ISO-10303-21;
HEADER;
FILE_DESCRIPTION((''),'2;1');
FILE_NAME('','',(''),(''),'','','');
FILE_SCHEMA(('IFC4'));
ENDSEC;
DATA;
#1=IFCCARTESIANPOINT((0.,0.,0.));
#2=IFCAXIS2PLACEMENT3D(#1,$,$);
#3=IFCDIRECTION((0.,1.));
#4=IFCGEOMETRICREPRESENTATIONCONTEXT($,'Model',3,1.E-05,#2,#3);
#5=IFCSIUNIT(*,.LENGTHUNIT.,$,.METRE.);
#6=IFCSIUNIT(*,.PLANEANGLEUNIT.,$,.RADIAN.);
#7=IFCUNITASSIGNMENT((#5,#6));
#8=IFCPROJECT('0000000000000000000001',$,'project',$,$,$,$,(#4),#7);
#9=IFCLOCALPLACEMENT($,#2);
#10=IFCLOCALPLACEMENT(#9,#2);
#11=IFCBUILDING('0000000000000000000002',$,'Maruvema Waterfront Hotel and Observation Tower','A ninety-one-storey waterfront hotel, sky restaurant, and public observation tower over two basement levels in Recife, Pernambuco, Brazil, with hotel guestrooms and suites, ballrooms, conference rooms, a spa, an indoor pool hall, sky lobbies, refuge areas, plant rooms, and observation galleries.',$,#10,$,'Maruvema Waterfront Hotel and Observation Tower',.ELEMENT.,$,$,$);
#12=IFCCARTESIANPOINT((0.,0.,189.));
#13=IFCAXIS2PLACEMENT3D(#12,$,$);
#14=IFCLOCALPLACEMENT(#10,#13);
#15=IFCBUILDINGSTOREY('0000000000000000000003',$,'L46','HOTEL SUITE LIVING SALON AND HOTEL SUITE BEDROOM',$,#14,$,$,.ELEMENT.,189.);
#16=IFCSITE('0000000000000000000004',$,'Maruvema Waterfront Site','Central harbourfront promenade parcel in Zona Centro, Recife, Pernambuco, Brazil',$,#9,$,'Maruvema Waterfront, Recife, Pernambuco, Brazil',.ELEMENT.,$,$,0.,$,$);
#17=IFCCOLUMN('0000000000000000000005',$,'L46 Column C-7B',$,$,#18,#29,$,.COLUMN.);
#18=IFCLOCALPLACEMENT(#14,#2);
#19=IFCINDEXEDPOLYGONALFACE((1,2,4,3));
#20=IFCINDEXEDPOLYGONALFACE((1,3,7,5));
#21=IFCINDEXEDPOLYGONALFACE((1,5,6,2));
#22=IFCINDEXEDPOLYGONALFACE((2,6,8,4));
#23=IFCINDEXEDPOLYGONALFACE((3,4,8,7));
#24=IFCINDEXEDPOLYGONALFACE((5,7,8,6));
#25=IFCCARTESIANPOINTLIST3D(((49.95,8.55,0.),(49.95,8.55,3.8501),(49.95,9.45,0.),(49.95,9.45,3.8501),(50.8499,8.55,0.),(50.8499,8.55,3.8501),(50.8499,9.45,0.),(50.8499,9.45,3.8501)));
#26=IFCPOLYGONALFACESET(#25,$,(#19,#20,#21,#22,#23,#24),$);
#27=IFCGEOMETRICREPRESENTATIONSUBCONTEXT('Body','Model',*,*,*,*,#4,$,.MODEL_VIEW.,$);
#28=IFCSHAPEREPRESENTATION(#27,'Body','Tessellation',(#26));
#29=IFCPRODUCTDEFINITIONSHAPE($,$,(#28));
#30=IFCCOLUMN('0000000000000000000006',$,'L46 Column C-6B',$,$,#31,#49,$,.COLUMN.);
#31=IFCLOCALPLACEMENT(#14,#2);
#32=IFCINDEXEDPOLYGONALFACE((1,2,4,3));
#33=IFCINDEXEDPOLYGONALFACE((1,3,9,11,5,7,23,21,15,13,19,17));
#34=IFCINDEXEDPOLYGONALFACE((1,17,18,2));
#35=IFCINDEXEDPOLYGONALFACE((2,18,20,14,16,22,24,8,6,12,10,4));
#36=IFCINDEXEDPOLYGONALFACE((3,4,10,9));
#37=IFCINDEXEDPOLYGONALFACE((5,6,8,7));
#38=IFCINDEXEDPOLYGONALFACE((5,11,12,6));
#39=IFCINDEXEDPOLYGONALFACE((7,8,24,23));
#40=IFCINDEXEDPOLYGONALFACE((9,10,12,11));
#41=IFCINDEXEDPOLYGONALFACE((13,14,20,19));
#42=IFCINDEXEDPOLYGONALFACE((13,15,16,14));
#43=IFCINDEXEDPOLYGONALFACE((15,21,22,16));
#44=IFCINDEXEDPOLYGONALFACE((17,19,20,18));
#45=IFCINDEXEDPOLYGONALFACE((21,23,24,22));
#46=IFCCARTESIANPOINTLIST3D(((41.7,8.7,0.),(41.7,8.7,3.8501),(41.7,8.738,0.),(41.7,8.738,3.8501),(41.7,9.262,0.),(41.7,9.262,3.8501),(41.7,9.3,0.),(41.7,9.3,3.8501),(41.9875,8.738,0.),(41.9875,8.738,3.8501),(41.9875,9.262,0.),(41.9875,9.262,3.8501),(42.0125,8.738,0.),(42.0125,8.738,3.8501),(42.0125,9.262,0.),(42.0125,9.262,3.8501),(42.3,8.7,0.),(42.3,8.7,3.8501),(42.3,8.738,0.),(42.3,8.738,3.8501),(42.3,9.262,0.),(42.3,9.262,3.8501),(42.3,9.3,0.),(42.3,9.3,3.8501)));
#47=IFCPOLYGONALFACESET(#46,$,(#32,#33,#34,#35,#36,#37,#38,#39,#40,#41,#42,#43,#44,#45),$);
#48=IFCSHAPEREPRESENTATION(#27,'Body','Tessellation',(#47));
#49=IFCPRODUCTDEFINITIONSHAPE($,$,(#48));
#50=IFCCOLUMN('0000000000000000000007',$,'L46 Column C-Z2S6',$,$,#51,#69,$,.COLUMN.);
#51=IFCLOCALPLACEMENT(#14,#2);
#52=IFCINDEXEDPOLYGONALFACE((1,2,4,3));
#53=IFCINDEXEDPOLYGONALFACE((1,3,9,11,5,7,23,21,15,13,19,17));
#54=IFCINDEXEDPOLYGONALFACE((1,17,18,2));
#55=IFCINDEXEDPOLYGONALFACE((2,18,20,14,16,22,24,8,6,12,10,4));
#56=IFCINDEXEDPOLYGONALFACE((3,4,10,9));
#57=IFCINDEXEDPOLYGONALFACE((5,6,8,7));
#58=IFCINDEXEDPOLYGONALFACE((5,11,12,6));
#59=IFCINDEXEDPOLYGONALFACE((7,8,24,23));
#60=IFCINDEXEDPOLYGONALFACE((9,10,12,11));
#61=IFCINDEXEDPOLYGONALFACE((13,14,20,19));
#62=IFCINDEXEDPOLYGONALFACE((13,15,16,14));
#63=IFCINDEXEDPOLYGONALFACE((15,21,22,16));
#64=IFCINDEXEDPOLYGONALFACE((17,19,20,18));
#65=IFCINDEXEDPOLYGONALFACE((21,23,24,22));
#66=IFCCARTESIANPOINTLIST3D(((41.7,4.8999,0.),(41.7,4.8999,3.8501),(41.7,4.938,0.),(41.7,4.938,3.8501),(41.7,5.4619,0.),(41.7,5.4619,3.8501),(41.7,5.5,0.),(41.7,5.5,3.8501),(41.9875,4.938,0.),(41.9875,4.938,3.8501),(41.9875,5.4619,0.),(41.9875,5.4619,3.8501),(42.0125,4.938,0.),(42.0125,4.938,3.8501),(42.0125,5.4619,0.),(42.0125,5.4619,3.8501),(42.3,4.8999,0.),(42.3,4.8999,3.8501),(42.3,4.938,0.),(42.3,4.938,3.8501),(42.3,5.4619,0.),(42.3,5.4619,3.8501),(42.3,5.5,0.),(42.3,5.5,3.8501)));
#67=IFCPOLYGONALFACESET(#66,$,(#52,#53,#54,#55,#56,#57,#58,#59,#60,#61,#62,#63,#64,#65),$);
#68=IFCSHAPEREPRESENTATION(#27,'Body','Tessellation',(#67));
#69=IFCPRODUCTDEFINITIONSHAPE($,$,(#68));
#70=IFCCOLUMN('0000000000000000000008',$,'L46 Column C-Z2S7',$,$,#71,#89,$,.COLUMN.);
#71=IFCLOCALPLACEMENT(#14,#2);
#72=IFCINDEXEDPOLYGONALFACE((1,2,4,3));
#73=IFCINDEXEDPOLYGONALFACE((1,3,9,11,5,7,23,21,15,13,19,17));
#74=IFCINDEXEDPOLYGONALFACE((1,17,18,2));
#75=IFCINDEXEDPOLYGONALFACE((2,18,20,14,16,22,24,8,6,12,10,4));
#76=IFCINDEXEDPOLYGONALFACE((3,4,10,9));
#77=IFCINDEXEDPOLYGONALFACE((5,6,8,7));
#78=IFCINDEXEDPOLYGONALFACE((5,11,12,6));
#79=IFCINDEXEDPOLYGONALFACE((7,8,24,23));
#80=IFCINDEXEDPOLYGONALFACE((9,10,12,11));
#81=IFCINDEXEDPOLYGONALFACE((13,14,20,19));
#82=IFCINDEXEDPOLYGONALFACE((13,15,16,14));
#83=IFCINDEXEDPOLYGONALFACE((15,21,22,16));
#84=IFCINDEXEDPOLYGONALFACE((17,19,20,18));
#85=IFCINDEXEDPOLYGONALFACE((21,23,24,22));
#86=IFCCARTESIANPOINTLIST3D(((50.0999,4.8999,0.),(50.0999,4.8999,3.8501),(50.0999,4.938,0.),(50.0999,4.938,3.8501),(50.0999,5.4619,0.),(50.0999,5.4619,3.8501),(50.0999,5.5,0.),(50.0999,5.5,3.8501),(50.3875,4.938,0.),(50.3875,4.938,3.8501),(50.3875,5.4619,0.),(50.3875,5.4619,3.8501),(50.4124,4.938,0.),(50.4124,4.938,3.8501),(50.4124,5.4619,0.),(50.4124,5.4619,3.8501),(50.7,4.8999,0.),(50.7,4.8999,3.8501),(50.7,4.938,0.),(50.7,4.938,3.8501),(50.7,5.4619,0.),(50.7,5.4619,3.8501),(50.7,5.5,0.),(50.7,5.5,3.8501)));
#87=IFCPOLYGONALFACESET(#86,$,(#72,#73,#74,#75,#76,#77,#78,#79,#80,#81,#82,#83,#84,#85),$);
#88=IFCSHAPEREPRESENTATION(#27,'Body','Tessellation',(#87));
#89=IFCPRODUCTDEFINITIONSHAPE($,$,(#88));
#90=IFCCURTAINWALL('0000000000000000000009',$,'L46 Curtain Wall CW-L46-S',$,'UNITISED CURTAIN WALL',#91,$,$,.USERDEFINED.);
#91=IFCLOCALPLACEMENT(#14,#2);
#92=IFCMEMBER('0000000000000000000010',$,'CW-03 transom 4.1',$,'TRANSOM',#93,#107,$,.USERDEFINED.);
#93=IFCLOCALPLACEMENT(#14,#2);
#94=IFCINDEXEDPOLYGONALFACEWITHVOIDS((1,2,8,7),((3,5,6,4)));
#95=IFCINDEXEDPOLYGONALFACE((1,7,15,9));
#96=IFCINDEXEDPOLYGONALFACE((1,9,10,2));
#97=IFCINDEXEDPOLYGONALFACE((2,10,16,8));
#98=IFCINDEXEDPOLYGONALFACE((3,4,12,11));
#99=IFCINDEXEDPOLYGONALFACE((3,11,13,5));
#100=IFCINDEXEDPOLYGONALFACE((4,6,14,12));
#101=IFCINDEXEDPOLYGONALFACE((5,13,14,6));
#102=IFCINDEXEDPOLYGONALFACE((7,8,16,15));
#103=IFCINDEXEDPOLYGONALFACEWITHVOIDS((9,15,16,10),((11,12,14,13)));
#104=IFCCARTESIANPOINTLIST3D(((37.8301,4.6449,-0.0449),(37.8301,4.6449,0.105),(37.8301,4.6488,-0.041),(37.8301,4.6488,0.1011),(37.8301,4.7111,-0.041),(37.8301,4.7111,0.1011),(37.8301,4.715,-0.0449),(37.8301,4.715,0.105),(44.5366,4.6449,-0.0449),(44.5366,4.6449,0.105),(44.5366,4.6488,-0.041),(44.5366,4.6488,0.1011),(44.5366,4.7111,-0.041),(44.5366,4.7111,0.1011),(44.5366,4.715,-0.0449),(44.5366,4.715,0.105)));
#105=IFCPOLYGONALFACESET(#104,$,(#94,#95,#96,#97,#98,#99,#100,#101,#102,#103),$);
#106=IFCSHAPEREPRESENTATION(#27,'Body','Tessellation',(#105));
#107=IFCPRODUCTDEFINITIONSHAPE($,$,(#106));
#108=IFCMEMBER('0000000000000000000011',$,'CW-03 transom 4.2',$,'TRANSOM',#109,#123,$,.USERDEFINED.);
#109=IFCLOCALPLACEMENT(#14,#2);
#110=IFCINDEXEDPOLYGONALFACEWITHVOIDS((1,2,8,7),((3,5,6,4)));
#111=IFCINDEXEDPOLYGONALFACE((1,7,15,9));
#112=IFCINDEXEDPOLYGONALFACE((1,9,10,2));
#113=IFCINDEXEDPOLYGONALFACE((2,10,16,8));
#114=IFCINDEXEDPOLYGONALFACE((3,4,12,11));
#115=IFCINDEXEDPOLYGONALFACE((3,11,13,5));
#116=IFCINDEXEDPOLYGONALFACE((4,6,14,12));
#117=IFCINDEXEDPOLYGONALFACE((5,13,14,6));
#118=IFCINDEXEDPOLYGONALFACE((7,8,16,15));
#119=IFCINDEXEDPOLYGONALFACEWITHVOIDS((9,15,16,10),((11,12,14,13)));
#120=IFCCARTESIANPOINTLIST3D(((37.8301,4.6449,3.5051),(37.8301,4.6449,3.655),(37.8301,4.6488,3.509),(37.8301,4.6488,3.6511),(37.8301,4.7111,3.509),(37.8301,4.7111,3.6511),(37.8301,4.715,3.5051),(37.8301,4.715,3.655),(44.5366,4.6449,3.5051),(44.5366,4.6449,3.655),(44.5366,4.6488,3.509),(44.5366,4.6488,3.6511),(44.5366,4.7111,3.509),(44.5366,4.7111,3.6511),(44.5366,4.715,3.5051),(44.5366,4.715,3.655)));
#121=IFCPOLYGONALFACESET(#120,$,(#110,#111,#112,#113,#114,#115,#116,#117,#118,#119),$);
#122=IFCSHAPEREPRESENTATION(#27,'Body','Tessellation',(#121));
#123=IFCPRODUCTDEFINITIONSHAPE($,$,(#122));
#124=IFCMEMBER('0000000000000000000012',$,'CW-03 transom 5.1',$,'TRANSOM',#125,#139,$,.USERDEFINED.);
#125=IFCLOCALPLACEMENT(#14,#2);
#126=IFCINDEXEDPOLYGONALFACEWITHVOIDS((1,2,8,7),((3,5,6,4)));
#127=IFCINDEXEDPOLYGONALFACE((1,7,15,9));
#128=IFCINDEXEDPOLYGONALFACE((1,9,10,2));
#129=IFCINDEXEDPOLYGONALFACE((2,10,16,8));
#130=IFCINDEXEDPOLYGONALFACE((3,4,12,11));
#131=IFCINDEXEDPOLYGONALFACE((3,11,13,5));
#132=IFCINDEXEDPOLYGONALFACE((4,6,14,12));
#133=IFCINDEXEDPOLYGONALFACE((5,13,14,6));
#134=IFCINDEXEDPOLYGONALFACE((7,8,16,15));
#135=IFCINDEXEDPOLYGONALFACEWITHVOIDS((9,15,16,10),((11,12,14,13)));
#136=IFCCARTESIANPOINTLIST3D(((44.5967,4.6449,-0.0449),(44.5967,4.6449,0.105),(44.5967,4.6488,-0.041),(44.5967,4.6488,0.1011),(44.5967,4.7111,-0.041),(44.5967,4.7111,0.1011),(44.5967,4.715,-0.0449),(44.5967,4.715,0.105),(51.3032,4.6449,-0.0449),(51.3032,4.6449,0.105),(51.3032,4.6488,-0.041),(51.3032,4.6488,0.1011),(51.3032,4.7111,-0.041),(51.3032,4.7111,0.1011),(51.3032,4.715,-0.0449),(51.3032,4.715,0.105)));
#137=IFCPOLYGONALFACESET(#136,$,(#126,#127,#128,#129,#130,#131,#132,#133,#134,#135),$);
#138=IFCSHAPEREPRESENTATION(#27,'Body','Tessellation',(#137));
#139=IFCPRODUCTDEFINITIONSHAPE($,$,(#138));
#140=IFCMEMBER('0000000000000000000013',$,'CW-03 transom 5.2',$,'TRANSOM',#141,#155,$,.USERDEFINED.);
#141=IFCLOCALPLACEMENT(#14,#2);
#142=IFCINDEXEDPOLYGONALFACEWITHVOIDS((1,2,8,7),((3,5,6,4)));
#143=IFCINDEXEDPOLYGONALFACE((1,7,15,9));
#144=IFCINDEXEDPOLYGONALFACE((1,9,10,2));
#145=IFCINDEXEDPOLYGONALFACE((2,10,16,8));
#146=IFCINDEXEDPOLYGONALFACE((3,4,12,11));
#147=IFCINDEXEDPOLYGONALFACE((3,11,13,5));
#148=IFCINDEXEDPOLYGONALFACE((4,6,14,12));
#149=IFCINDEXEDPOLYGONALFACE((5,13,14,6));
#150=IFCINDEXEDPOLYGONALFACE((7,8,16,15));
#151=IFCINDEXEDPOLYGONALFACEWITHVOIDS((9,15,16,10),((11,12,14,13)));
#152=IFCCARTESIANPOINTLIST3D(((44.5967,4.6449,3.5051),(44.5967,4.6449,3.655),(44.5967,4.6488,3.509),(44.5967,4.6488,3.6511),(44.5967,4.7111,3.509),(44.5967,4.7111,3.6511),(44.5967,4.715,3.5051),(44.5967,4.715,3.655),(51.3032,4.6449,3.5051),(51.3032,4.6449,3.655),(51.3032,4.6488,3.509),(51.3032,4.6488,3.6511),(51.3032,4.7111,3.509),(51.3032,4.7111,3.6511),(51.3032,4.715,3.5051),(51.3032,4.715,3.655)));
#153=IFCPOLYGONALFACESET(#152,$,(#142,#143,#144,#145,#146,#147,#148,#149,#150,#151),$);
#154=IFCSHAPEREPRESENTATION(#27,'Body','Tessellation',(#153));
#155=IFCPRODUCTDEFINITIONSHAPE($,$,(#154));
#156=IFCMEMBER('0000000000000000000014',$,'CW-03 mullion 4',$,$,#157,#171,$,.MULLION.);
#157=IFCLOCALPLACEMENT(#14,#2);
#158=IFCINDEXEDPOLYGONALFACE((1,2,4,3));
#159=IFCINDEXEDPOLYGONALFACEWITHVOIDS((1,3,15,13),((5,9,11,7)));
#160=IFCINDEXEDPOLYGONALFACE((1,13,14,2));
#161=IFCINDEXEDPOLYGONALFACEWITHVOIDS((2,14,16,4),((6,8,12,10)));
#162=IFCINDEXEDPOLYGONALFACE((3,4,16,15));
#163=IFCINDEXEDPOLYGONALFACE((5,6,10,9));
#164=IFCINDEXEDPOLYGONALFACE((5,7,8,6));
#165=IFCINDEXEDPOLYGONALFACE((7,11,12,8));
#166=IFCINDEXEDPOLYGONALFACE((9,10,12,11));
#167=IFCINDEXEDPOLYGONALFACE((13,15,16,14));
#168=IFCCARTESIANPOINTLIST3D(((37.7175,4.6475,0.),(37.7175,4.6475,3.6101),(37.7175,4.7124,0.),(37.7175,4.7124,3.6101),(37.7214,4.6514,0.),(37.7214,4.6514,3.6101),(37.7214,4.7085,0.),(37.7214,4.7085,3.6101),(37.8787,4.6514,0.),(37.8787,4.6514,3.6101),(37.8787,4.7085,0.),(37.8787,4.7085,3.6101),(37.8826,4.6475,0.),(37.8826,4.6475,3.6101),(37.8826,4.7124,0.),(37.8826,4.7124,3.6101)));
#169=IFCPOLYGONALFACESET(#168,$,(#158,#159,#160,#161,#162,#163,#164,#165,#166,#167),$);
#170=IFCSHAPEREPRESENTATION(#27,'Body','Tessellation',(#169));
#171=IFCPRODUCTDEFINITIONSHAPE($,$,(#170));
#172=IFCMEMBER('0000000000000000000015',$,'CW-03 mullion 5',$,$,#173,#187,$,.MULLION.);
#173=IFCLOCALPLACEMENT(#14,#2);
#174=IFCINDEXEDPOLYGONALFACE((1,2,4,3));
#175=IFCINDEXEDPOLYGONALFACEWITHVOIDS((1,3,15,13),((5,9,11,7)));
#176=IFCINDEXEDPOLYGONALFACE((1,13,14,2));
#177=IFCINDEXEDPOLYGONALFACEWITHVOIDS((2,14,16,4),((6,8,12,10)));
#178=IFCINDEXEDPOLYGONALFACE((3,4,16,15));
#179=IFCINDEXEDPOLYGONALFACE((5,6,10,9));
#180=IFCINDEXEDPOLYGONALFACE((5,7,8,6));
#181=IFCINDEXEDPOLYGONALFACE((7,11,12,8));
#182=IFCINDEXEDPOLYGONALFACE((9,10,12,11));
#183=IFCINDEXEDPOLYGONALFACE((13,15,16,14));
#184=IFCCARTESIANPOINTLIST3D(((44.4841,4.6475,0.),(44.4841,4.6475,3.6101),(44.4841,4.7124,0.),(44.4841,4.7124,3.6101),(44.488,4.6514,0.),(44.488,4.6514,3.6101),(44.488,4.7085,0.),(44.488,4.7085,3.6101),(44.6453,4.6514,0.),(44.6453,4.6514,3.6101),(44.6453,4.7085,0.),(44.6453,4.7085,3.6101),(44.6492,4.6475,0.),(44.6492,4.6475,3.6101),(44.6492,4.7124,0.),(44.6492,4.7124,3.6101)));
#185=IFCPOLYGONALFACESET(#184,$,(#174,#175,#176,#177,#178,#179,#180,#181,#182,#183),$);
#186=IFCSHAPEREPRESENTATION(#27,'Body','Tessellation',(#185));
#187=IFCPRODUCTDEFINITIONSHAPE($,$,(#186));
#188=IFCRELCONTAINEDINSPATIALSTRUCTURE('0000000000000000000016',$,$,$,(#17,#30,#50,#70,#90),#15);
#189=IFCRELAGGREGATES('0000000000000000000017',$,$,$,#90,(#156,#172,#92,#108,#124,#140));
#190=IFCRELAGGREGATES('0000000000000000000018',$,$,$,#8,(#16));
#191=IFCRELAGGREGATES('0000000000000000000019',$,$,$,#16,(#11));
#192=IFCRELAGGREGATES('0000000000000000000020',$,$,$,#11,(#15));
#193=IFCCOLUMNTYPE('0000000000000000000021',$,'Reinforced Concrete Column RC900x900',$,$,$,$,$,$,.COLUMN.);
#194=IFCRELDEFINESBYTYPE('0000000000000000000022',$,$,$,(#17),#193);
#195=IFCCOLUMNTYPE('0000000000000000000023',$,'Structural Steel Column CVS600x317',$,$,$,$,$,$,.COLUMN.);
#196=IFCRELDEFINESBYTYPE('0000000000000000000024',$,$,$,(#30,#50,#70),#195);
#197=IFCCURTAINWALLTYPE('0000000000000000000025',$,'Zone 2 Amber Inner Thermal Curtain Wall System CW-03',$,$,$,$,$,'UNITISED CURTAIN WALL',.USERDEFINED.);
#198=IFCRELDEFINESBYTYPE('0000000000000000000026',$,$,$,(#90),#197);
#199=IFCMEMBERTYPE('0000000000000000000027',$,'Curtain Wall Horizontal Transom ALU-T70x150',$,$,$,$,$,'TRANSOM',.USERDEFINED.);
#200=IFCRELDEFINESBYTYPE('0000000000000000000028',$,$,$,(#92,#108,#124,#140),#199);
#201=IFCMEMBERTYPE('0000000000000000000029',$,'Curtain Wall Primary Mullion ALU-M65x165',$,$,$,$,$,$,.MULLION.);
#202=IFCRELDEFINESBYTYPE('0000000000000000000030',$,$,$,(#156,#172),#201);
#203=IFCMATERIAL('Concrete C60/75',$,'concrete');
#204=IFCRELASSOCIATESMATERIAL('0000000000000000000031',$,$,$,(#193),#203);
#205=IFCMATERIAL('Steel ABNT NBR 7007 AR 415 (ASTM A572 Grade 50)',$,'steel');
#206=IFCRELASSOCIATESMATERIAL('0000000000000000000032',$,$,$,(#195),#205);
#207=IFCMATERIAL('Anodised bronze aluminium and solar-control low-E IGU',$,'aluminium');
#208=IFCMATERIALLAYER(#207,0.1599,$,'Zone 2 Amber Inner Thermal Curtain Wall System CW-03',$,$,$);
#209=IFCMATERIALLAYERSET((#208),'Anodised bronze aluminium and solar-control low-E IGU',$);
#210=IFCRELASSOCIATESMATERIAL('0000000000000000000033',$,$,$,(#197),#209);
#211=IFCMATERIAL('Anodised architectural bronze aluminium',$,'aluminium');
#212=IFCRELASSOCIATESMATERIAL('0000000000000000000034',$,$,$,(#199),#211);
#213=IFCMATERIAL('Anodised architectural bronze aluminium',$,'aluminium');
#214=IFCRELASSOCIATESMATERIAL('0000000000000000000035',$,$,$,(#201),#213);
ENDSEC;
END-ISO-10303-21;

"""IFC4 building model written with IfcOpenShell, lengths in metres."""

from ifc_helpers import new_model, si_unit, direction, frame, origin, origin_2d, place, context, subcontext, project, spatial, rectangle, hollow_rectangle, i_section, extrude, material, layer, layer_set, material_profile, profile_set, type_object, element, aggregate, save


model = new_model("IFC4")

# Units and contexts
model_context = context("Model", 3, precision=1e-05, world=origin(), true_north=direction((0.0, 1.0)))
body_context = subcontext(model_context, "Body", "Model", "MODEL_VIEW")
ifc_project = project(units=[si_unit("LENGTHUNIT", "METRE"), si_unit("PLANEANGLEUNIT", "RADIAN")], contexts=[model_context])

# Site, building, storey
site_placement = place(None, origin())
site = spatial("IfcSite", under=ifc_project, at=site_placement, Name="Maruvema Waterfront Site", Description="Central harbourfront promenade parcel in Zona Centro, Recife, Pernambuco, Brazil", LongName="Maruvema Waterfront, Recife, Pernambuco, Brazil", CompositionType="ELEMENT", RefElevation=0.0)
building_placement = place(site_placement, origin())
building = spatial("IfcBuilding", under=site, at=building_placement, Name="Maruvema Waterfront Hotel and Observation Tower", Description="A ninety-one-storey waterfront hotel, sky restaurant, and public observation tower over two basement levels in Recife, Pernambuco, Brazil, with hotel guestrooms and suites, ballrooms, conference rooms, a spa, an indoor pool hall, sky lobbies, refuge areas, plant rooms, and observation galleries.", LongName="Maruvema Waterfront Hotel and Observation Tower", CompositionType="ELEMENT")
storey_placement = place(building_placement, frame((0.0, 0.0, 189.0)))
storey = spatial("IfcBuildingStorey", under=building, at=storey_placement, Name="L46", Description="HOTEL SUITE LIVING SALON AND HOTEL SUITE BEDROOM", CompositionType="ELEMENT", Elevation=189.0)

# Columns
ifc_material_1 = material(Name="Concrete C60/75", Category="concrete")
ifc_material_profile_1 = material_profile(ifc_material_1, rectangle(XDim=0.8999, YDim=0.8999, at=origin_2d()), Name="RC900x900")
ifc_profile_set_1 = profile_set([ifc_material_profile_1], Name="Concrete C60/75")
column_type_1 = type_object("IfcColumnType", Name="Reinforced Concrete Column RC900x900", PredefinedType="COLUMN", material=ifc_profile_set_1)
column_placement = place(storey_placement, frame((50.3999, 9.0, 0.0), z_axis=(0.0, 0.0, 1.0), x_axis=(1.0, 0.0, 0.0)))
element("IfcColumn", 1, at=column_placement, inside=storey, type_object=column_type_1, Name="L46 Column C-7B", PredefinedType="COLUMN", context=body_context, shape_type="SweptSolid", body=[
    extrude(rectangle(XDim=0.8999, YDim=0.8999, at=origin_2d()), origin(), (0.0, 0.0, 1.0), 3.8501),
])
ifc_material_2 = material(Name="Steel ABNT NBR 7007 AR 415 (ASTM A572 Grade 50)", Category="steel")
ifc_material_profile_2 = material_profile(ifc_material_2, i_section(OverallWidth=0.6001, OverallDepth=0.6001, WebThickness=0.0249, FlangeThickness=0.0381, at=origin_2d()), Name="CVS600x317")
ifc_profile_set_2 = profile_set([ifc_material_profile_2], Name="Steel ABNT NBR 7007 AR 415 (ASTM A572 Grade 50)")
column_type_2 = type_object("IfcColumnType", Name="Structural Steel Column CVS600x317", PredefinedType="COLUMN", material=ifc_profile_set_2)
for number, where, z_axis, x_axis, name in (
    (2, (42.0, 9.0, 0.0), (0.0, 0.0, 1.0), (1.0, 0.0, 0.0), "L46 Column C-6B"),
    (3, (42.0, 5.2, 0.0), (0.0, 0.0, 1.0), (1.0, 0.0, 0.0), "L46 Column C-Z2S6"),
    (4, (50.3999, 5.2, 0.0), (0.0, 0.0, 1.0), (1.0, 0.0, 0.0), "L46 Column C-Z2S7"),
):
    element("IfcColumn", number, at=place(storey_placement, frame(where, z_axis=z_axis, x_axis=x_axis)), inside=storey, type_object=column_type_2, Name=name, PredefinedType="COLUMN", context=body_context, shape_type="SweptSolid", body=[
        extrude(i_section(OverallWidth=0.6001, OverallDepth=0.6001, WebThickness=0.0249, FlangeThickness=0.0381, at=origin_2d()), origin(), (0.0, 0.0, 1.0), 3.8501),
    ])

# Curtain wall, members
ifc_material_3 = material(Name="Anodised bronze aluminium and solar-control low-E IGU", Category="aluminium")
ifc_layer_1 = layer(ifc_material_3, 0.1599, Name="Zone 2 Amber Inner Thermal Curtain Wall System CW-03")
ifc_layer_set_1 = layer_set([ifc_layer_1], Name="Anodised bronze aluminium and solar-control low-E IGU")
curtain_wall_type = type_object("IfcCurtainWallType", Name="Zone 2 Amber Inner Thermal Curtain Wall System CW-03", ElementType="UNITISED CURTAIN WALL", PredefinedType="USERDEFINED", material=ifc_layer_set_1)
curtain_wall_placement = place(storey_placement, origin())
curtain_wall = element("IfcCurtainWall", 5, at=curtain_wall_placement, inside=storey, type_object=curtain_wall_type, Name="L46 Curtain Wall CW-L46-S", ObjectType="UNITISED CURTAIN WALL", PredefinedType="USERDEFINED")
ifc_material_4 = material(Name="Anodised architectural bronze aluminium", Category="aluminium")
ifc_material_profile_3 = material_profile(ifc_material_4, hollow_rectangle(XDim=0.0701, YDim=0.1499, WallThickness=0.0039, at=origin_2d()), Name="ALU-T70x150")
ifc_profile_set_3 = profile_set([ifc_material_profile_3], Name="Anodised architectural bronze aluminium")
member_type_1 = type_object("IfcMemberType", Name="Curtain Wall Horizontal Transom ALU-T70x150", ElementType="TRANSOM", PredefinedType="USERDEFINED", material=ifc_profile_set_3)
member_1_placement = place(storey_placement, frame((37.8301, 4.6799, 0.03), z_axis=(1.0, 0.0, 0.0), x_axis=(0.0, 1.0, 0.0)))
member_1 = element("IfcMember", 6, at=member_1_placement, type_object=member_type_1, Name="CW-03 transom 4.1", ObjectType="TRANSOM", PredefinedType="USERDEFINED", context=body_context, shape_type="SweptSolid", body=[
    extrude(hollow_rectangle(XDim=0.0701, YDim=0.1499, WallThickness=0.0039, at=origin_2d()), origin(), (0.0, 0.0, 1.0), 6.7065),
])
member_2_placement = place(storey_placement, frame((37.8301, 4.6799, 3.5801), z_axis=(1.0, 0.0, 0.0), x_axis=(0.0, 1.0, 0.0)))
member_2 = element("IfcMember", 7, at=member_2_placement, type_object=member_type_1, Name="CW-03 transom 4.2", ObjectType="TRANSOM", PredefinedType="USERDEFINED", context=body_context, shape_type="SweptSolid", body=[
    extrude(hollow_rectangle(XDim=0.0701, YDim=0.1499, WallThickness=0.0039, at=origin_2d()), origin(), (0.0, 0.0, 1.0), 6.7065),
])
member_3_placement = place(storey_placement, frame((44.5967, 4.6799, 0.03), z_axis=(1.0, 0.0, 0.0), x_axis=(0.0, 1.0, 0.0)))
member_3 = element("IfcMember", 8, at=member_3_placement, type_object=member_type_1, Name="CW-03 transom 5.1", ObjectType="TRANSOM", PredefinedType="USERDEFINED", context=body_context, shape_type="SweptSolid", body=[
    extrude(hollow_rectangle(XDim=0.0701, YDim=0.1499, WallThickness=0.0039, at=origin_2d()), origin(), (0.0, 0.0, 1.0), 6.7065),
])
member_4_placement = place(storey_placement, frame((44.5967, 4.6799, 3.5801), z_axis=(1.0, 0.0, 0.0), x_axis=(0.0, 1.0, 0.0)))
member_4 = element("IfcMember", 9, at=member_4_placement, type_object=member_type_1, Name="CW-03 transom 5.2", ObjectType="TRANSOM", PredefinedType="USERDEFINED", context=body_context, shape_type="SweptSolid", body=[
    extrude(hollow_rectangle(XDim=0.0701, YDim=0.1499, WallThickness=0.0039, at=origin_2d()), origin(), (0.0, 0.0, 1.0), 6.7065),
])
ifc_material_5 = material(Name="Anodised architectural bronze aluminium", Category="aluminium")
ifc_material_profile_4 = material_profile(ifc_material_5, hollow_rectangle(XDim=0.0649, YDim=0.165, WallThickness=0.0039, at=origin_2d()), Name="ALU-M65x165")
ifc_profile_set_4 = profile_set([ifc_material_profile_4], Name="Anodised architectural bronze aluminium")
member_type_2 = type_object("IfcMemberType", Name="Curtain Wall Primary Mullion ALU-M65x165", PredefinedType="MULLION", material=ifc_profile_set_4)
member_5_placement = place(storey_placement, frame((37.8, 4.6799, 0.0), z_axis=(0.0, 0.0, 1.0), x_axis=(0.0, 1.0, 0.0)))
member_5 = element("IfcMember", 10, at=member_5_placement, type_object=member_type_2, Name="CW-03 mullion 4", PredefinedType="MULLION", context=body_context, shape_type="SweptSolid", body=[
    extrude(hollow_rectangle(XDim=0.0649, YDim=0.165, WallThickness=0.0039, at=origin_2d()), origin(), (0.0, 0.0, 1.0), 3.6101),
])
member_6_placement = place(storey_placement, frame((44.5667, 4.6799, 0.0), z_axis=(0.0, 0.0, 1.0), x_axis=(0.0, 1.0, 0.0)))
member_6 = element("IfcMember", 11, at=member_6_placement, type_object=member_type_2, Name="CW-03 mullion 5", PredefinedType="MULLION", context=body_context, shape_type="SweptSolid", body=[
    extrude(hollow_rectangle(XDim=0.0649, YDim=0.165, WallThickness=0.0039, at=origin_2d()), origin(), (0.0, 0.0, 1.0), 3.6101),
])

aggregate(curtain_wall, [member_5, member_6, member_1, member_2, member_3, member_4])

save(model, "model.ifc")
